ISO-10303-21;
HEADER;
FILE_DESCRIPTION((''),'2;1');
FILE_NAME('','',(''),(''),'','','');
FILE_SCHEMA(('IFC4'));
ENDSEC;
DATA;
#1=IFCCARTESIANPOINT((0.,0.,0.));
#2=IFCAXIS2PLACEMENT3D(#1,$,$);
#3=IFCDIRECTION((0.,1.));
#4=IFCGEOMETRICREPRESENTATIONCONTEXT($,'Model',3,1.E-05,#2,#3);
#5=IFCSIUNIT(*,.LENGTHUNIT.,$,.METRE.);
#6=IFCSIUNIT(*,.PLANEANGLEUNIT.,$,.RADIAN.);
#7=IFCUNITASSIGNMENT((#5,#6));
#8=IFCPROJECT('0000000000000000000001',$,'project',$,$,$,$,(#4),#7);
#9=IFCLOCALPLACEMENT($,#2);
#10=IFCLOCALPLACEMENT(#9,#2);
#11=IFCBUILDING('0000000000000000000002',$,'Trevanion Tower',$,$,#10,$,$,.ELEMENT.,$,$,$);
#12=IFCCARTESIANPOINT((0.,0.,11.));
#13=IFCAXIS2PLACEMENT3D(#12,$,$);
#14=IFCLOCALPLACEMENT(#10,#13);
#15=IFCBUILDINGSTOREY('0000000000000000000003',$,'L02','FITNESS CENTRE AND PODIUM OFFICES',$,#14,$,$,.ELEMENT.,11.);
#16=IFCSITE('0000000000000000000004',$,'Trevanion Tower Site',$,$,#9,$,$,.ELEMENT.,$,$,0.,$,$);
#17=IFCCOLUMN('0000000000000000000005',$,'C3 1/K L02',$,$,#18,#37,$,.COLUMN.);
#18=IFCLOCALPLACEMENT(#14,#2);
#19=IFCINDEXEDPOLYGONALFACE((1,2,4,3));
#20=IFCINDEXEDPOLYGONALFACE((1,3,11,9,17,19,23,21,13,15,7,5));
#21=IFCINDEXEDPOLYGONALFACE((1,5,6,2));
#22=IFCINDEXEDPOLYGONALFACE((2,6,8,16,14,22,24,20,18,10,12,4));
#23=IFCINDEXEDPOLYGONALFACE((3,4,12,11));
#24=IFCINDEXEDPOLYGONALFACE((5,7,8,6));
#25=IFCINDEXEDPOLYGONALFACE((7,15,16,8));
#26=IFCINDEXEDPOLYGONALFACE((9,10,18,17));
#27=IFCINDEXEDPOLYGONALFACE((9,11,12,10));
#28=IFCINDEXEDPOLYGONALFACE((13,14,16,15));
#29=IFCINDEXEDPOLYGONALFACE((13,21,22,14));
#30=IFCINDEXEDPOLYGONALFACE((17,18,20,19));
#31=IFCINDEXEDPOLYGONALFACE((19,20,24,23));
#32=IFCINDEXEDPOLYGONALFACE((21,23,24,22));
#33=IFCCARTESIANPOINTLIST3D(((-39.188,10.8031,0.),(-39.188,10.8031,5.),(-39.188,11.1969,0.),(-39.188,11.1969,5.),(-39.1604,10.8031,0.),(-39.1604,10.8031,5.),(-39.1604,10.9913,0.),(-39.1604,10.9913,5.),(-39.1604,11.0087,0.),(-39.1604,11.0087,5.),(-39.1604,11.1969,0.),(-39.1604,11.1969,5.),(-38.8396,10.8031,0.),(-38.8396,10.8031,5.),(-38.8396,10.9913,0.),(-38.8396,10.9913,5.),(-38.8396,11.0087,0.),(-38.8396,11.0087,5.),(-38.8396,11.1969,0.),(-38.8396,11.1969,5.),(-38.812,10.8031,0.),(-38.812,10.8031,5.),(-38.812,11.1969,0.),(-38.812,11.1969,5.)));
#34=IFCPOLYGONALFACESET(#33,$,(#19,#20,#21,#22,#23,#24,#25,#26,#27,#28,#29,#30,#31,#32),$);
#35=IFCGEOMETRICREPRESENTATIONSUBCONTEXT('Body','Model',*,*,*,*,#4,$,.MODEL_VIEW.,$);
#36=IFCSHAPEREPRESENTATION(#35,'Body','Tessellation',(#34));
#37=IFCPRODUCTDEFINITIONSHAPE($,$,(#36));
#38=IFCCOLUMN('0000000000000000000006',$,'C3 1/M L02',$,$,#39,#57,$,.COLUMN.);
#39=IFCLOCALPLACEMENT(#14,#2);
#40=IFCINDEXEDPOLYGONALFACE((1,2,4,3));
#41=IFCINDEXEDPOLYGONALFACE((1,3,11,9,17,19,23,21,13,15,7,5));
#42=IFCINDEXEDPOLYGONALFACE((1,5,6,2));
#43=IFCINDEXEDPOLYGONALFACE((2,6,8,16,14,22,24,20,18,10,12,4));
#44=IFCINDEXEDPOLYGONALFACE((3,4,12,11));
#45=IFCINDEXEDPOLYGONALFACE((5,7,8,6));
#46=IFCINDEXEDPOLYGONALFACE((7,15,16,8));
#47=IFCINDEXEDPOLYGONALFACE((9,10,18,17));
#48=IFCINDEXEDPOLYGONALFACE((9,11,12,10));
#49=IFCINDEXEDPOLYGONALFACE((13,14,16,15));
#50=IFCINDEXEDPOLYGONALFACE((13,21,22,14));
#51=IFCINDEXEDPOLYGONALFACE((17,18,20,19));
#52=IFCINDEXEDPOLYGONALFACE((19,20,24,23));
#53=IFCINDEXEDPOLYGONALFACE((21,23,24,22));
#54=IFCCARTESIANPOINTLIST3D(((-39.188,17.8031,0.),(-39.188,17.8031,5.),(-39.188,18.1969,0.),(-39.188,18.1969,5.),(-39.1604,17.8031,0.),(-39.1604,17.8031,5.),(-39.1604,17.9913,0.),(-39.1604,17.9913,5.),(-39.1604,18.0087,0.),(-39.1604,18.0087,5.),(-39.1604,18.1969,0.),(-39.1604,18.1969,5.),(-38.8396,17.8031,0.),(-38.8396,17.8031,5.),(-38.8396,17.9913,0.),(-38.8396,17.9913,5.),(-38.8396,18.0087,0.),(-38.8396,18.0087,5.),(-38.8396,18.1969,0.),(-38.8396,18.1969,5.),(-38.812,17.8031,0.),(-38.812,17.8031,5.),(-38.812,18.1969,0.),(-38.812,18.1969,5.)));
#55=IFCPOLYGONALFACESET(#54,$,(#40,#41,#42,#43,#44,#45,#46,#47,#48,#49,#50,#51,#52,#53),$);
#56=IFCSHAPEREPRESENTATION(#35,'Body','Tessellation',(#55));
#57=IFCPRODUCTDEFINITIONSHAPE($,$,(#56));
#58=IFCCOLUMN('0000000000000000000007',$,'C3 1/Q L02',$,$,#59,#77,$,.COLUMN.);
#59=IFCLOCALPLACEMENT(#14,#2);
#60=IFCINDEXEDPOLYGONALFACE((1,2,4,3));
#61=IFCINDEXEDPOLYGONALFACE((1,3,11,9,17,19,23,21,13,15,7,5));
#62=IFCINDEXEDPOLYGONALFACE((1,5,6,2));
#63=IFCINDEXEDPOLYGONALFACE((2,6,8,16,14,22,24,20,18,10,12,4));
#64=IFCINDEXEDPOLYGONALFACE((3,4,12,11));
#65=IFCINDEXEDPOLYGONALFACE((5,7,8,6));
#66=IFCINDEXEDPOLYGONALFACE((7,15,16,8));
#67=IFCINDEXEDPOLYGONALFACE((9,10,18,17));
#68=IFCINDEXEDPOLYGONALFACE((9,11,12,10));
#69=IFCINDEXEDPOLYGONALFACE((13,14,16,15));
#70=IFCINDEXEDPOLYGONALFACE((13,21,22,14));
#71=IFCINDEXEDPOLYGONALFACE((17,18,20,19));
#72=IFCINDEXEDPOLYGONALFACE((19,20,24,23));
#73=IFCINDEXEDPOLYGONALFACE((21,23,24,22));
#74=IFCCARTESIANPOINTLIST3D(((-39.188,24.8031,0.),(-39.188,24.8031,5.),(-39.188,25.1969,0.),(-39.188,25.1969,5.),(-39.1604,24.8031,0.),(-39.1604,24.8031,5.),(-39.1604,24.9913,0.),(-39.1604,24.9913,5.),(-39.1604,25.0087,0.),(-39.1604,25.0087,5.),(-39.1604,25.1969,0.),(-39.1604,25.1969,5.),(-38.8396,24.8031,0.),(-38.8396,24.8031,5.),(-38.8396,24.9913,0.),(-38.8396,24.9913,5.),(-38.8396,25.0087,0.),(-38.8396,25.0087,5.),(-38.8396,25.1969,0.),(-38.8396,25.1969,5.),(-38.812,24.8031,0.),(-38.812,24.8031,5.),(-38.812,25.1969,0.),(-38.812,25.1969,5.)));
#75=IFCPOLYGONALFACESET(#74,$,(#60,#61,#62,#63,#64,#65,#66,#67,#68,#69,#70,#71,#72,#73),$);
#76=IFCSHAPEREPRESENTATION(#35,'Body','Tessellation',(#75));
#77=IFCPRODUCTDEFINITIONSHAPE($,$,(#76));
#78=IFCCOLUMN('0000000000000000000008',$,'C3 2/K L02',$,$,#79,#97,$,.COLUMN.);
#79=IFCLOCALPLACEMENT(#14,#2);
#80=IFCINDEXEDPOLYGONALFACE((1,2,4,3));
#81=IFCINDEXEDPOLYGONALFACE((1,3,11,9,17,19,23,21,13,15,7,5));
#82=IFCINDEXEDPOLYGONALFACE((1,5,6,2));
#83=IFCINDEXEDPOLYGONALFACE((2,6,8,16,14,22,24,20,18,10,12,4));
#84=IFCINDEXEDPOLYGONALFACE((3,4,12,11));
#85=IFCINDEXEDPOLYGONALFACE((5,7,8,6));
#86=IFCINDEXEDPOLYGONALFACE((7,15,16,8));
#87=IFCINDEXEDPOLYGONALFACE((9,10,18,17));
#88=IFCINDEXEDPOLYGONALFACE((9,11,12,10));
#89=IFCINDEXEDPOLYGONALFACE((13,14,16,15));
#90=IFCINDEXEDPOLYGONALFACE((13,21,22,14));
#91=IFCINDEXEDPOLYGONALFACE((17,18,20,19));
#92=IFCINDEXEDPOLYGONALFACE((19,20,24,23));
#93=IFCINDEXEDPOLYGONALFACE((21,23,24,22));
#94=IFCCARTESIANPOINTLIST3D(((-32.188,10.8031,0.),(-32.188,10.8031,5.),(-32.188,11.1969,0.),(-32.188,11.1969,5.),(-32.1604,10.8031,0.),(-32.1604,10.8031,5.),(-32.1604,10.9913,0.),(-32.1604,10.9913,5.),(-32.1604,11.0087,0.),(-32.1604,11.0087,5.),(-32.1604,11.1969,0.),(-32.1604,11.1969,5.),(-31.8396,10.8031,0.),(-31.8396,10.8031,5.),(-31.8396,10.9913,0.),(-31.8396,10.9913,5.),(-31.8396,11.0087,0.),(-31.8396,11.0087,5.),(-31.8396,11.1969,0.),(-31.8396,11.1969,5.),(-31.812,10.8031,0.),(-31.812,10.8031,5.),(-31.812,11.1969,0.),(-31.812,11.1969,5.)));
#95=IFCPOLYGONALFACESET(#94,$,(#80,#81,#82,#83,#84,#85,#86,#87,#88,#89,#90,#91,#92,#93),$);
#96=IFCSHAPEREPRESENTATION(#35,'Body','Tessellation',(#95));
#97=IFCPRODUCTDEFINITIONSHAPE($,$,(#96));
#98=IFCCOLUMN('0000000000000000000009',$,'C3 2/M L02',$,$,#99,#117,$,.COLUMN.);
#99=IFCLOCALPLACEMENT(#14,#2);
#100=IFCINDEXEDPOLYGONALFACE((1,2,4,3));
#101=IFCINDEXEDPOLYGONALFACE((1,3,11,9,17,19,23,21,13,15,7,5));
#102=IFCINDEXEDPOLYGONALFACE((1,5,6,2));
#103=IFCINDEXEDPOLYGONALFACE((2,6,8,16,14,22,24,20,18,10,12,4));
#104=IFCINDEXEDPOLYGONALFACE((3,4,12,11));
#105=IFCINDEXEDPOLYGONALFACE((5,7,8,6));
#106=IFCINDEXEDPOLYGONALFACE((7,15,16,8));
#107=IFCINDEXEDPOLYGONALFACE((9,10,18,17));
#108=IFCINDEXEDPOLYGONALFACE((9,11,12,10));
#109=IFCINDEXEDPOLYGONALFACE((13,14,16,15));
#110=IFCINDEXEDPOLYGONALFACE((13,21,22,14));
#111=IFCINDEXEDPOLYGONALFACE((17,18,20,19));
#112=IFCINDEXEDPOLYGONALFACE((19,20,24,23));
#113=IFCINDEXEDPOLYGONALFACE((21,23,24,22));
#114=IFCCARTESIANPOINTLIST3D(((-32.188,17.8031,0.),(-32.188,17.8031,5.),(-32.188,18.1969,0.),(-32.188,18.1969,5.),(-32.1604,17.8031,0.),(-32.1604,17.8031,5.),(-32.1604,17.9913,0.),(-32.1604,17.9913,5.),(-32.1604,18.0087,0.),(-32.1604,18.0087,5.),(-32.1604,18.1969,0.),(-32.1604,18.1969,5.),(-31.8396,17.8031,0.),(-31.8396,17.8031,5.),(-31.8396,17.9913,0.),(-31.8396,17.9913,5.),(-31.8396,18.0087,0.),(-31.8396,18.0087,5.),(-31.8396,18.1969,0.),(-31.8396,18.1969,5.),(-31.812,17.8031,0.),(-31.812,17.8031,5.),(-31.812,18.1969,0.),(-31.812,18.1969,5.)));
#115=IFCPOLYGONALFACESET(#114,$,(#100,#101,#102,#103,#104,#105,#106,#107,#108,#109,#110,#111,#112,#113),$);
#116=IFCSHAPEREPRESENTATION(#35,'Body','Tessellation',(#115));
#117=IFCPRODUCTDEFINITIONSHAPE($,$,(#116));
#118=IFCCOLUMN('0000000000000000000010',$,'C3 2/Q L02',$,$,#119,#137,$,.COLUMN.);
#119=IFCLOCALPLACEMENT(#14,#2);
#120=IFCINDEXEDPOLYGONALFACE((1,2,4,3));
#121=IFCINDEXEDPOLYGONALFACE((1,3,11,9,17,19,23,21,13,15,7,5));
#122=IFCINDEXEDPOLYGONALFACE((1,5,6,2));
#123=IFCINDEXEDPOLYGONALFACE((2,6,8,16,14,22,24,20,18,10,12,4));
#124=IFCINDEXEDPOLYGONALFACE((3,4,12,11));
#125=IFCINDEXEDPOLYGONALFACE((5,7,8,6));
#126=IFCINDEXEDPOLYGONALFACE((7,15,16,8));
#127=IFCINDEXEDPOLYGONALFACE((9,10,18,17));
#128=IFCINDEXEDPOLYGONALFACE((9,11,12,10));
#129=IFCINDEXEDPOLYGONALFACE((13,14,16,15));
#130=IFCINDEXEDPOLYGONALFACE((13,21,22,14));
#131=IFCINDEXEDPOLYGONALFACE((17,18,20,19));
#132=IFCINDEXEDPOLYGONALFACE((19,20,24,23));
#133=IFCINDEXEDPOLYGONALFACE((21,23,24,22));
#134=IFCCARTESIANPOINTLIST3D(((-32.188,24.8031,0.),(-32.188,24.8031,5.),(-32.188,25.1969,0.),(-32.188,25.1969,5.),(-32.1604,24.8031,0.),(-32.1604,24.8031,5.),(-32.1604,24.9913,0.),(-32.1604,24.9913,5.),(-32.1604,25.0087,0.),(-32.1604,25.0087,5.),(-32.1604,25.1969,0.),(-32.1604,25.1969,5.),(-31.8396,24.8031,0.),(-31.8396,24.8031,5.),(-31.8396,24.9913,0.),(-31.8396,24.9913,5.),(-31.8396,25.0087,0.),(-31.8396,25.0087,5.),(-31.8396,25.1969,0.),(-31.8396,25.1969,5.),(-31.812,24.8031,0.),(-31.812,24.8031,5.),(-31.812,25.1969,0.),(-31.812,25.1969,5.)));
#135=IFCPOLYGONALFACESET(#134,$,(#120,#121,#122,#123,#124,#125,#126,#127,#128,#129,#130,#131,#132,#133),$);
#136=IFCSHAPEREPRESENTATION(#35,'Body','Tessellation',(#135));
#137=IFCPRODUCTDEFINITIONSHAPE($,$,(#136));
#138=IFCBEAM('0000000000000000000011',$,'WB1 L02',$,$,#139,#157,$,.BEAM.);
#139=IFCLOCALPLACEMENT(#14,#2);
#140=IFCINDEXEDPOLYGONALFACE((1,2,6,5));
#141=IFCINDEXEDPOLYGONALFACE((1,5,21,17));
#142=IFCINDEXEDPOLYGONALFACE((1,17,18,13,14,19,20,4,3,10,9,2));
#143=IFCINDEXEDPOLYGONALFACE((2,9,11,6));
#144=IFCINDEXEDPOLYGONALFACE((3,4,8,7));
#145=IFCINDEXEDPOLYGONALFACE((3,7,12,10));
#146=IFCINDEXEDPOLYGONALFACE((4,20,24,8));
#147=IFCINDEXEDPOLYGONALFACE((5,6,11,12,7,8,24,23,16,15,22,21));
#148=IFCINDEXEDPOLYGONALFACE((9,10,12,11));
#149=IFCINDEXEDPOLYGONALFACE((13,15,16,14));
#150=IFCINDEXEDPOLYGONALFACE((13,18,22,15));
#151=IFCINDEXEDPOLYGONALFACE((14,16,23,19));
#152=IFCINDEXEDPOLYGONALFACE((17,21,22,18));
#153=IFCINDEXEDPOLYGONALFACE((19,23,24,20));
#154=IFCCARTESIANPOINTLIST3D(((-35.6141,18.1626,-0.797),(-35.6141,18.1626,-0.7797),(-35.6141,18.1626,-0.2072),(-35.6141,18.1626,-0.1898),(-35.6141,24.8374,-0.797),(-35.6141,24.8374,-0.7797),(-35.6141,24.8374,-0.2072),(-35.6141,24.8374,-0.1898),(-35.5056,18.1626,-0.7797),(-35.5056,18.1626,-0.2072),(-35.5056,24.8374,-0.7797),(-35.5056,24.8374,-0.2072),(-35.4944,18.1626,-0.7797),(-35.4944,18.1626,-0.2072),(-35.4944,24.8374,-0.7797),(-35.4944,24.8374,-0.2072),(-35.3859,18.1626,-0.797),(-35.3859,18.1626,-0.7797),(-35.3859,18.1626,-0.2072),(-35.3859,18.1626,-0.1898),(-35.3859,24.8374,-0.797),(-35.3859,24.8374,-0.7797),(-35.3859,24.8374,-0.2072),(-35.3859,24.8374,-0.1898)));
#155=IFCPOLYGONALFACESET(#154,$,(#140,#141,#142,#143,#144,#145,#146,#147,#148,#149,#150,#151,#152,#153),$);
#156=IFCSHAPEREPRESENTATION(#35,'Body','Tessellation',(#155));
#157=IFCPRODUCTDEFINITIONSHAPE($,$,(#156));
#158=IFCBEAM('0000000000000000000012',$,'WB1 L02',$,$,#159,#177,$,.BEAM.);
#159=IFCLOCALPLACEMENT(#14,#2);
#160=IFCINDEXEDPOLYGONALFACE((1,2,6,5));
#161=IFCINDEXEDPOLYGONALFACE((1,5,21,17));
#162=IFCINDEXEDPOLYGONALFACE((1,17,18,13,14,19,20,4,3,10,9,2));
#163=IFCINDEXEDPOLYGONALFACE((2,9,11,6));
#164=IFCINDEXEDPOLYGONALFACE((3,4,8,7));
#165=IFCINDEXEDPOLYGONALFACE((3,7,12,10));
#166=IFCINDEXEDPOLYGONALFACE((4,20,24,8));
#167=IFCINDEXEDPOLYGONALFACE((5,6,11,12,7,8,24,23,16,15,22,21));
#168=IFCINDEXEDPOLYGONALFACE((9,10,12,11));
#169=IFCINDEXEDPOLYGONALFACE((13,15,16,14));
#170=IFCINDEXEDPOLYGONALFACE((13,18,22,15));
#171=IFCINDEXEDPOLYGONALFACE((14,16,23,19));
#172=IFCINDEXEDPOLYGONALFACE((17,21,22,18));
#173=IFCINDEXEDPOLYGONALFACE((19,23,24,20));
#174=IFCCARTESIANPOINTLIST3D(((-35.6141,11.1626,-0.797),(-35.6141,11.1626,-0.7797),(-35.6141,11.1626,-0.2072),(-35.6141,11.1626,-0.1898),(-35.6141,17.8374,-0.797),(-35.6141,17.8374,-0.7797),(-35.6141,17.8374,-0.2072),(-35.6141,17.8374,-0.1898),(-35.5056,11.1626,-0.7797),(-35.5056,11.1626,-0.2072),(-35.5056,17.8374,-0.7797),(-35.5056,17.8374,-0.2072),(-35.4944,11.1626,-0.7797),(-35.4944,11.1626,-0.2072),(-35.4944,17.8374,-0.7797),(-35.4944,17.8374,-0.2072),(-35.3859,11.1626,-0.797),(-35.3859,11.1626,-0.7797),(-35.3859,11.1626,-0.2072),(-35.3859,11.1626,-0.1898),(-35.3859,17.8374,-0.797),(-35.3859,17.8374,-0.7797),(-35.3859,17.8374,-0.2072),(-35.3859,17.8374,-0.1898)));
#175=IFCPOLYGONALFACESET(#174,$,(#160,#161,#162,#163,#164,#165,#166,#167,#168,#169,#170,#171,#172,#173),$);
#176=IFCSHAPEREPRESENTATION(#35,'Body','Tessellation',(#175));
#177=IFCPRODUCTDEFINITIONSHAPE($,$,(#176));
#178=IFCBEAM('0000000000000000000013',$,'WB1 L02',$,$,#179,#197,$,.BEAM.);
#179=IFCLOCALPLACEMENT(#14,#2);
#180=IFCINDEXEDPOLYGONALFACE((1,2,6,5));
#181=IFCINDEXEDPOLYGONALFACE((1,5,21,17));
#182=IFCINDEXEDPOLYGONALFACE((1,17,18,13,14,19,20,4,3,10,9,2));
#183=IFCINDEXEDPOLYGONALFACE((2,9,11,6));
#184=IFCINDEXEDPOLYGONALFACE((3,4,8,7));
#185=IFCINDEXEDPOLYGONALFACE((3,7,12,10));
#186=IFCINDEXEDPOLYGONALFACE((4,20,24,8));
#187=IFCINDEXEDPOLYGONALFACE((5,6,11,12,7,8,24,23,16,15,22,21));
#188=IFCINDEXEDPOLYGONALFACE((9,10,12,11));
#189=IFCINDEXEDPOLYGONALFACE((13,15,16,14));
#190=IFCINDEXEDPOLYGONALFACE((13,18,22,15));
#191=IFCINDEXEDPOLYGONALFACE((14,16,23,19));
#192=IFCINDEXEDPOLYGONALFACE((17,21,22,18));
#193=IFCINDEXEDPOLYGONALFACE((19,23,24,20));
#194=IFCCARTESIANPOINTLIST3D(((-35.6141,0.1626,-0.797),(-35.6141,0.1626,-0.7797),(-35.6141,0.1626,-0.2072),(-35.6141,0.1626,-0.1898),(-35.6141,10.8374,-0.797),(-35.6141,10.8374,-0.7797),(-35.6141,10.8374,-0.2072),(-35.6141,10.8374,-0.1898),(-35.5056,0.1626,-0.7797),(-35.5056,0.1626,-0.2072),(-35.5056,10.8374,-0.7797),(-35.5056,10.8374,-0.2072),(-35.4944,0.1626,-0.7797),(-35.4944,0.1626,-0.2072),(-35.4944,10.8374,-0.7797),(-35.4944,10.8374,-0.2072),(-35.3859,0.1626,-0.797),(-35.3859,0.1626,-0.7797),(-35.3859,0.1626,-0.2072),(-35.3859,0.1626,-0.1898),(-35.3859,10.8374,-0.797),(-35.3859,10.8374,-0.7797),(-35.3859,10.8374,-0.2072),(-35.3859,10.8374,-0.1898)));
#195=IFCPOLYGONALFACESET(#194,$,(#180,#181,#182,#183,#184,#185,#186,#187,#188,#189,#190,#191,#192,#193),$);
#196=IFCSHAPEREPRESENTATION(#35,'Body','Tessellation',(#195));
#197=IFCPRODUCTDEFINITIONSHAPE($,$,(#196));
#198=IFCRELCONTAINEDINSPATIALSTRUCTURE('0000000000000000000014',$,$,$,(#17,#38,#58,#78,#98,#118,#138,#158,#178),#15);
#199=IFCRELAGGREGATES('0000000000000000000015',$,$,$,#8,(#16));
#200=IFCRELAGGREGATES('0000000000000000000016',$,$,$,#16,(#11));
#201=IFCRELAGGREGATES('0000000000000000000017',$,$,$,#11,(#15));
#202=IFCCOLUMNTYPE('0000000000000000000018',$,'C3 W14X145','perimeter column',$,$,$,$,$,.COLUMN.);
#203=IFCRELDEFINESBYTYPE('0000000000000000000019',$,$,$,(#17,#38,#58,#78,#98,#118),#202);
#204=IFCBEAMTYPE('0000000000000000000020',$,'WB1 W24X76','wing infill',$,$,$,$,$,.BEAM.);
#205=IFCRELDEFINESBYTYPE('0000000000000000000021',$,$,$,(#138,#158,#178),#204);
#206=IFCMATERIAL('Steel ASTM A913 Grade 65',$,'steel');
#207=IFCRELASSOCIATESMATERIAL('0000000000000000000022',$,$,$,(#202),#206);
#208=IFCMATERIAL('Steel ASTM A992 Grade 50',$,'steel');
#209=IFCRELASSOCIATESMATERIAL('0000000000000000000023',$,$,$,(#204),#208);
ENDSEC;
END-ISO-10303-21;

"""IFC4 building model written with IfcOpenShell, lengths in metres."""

from ifc_helpers import new_model, si_unit, direction, frame, origin, origin_2d, place, context, subcontext, project, spatial, i_section, extrude, material, material_profile, profile_set, type_object, element, save


model = new_model("IFC4")

# Units and contexts
model_context = context("Model", 3, precision=1e-05, world=origin(), true_north=direction((0.0, 1.0)))
body_context = subcontext(model_context, "Body", "Model", "MODEL_VIEW")
ifc_project = project(units=[si_unit("LENGTHUNIT", "METRE"), si_unit("PLANEANGLEUNIT", "RADIAN")], contexts=[model_context])

# Site, building, storey
site_placement = place(None, origin())
site = spatial("IfcSite", under=ifc_project, at=site_placement, Name="Trevanion Tower Site", CompositionType="ELEMENT", RefElevation=0.0)
building_placement = place(site_placement, origin())
building = spatial("IfcBuilding", under=site, at=building_placement, Name="Trevanion Tower", CompositionType="ELEMENT")
storey_placement = place(building_placement, frame((0.0, 0.0, 11.0)))
storey = spatial("IfcBuildingStorey", under=building, at=storey_placement, Name="L02", Description="FITNESS CENTRE AND PODIUM OFFICES", CompositionType="ELEMENT", Elevation=11.0)

# Columns
ifc_material_1 = material(Name="Steel ASTM A913 Grade 65", Category="steel")
ifc_material_profile_1 = material_profile(ifc_material_1, i_section(OverallWidth=0.3938, OverallDepth=0.376, WebThickness=0.0173, FlangeThickness=0.0276, at=origin_2d()), Name="W14X145")
ifc_profile_set_1 = profile_set([ifc_material_profile_1], Name="Steel ASTM A913 Grade 65")
column_type = type_object("IfcColumnType", Name="C3 W14X145", Description="perimeter column", PredefinedType="COLUMN", material=ifc_profile_set_1)
for number, where, z_axis, x_axis, name in (
    (1, (-39.0, 11.0, 0.0), (0.0, 0.0, 1.0), (0.0, 1.0, 0.0), "C3 1/K L02"),
    (2, (-39.0, 18.0, 0.0), (0.0, 0.0, 1.0), (0.0, 1.0, 0.0), "C3 1/M L02"),
    (3, (-39.0, 25.0, 0.0), (0.0, 0.0, 1.0), (0.0, 1.0, 0.0), "C3 1/Q L02"),
    (4, (-32.0, 11.0, 0.0), (0.0, 0.0, 1.0), (0.0, 1.0, 0.0), "C3 2/K L02"),
    (5, (-32.0, 18.0, 0.0), (0.0, 0.0, 1.0), (0.0, 1.0, 0.0), "C3 2/M L02"),
    (6, (-32.0, 25.0, 0.0), (0.0, 0.0, 1.0), (0.0, 1.0, 0.0), "C3 2/Q L02"),
):
    element("IfcColumn", number, at=place(storey_placement, frame(where, z_axis=z_axis, x_axis=x_axis)), inside=storey, type_object=column_type, Name=name, PredefinedType="COLUMN", context=body_context, shape_type="SweptSolid", body=[
        extrude(i_section(OverallWidth=0.3938, OverallDepth=0.376, WebThickness=0.0173, FlangeThickness=0.0276, at=origin_2d()), origin(), (0.0, 0.0, 1.0), 5.0),
    ])

# Beams
ifc_material_2 = material(Name="Steel ASTM A992 Grade 50", Category="steel")
ifc_material_profile_2 = material_profile(ifc_material_2, i_section(OverallWidth=0.2283, OverallDepth=0.6072, WebThickness=0.0112, FlangeThickness=0.0173, at=origin_2d()), Name="W24X76")
ifc_profile_set_2 = profile_set([ifc_material_profile_2], Name="Steel ASTM A992 Grade 50")
beam_type_1 = type_object("IfcBeamType", Name="WB1 W24X76", Description="wing infill", PredefinedType="BEAM", material=ifc_profile_set_2)
for number, where, z_axis, x_axis, name in (
    (7, (-35.5, 24.8374, -0.4934), (0.0, -1.0, 0.0), (1.0, 0.0, 0.0), "WB1 L02"),
    (8, (-35.5, 17.8374, -0.4934), (0.0, -1.0, 0.0), (1.0, 0.0, 0.0), "WB1 L02"),
):
    element("IfcBeam", number, at=place(storey_placement, frame(where, z_axis=z_axis, x_axis=x_axis)), inside=storey, type_object=beam_type_1, Name=name, PredefinedType="BEAM", context=body_context, shape_type="SweptSolid", body=[
        extrude(i_section(OverallWidth=0.2283, OverallDepth=0.6072, WebThickness=0.0112, FlangeThickness=0.0173, at=origin_2d()), origin(), (0.0, 0.0, 1.0), 6.6748),
    ])
beam_1_placement = place(storey_placement, frame((-35.5, 10.8374, -0.4934), z_axis=(0.0, -1.0, 0.0), x_axis=(1.0, 0.0, 0.0)))
element("IfcBeam", 9, at=beam_1_placement, inside=storey, type_object=beam_type_1, Name="WB1 L02", PredefinedType="BEAM", context=body_context, shape_type="SweptSolid", body=[
    extrude(i_section(OverallWidth=0.2283, OverallDepth=0.6072, WebThickness=0.0112, FlangeThickness=0.0173, at=origin_2d()), origin(), (0.0, 0.0, 1.0), 10.6748),
])

save(model, "model.ifc")
